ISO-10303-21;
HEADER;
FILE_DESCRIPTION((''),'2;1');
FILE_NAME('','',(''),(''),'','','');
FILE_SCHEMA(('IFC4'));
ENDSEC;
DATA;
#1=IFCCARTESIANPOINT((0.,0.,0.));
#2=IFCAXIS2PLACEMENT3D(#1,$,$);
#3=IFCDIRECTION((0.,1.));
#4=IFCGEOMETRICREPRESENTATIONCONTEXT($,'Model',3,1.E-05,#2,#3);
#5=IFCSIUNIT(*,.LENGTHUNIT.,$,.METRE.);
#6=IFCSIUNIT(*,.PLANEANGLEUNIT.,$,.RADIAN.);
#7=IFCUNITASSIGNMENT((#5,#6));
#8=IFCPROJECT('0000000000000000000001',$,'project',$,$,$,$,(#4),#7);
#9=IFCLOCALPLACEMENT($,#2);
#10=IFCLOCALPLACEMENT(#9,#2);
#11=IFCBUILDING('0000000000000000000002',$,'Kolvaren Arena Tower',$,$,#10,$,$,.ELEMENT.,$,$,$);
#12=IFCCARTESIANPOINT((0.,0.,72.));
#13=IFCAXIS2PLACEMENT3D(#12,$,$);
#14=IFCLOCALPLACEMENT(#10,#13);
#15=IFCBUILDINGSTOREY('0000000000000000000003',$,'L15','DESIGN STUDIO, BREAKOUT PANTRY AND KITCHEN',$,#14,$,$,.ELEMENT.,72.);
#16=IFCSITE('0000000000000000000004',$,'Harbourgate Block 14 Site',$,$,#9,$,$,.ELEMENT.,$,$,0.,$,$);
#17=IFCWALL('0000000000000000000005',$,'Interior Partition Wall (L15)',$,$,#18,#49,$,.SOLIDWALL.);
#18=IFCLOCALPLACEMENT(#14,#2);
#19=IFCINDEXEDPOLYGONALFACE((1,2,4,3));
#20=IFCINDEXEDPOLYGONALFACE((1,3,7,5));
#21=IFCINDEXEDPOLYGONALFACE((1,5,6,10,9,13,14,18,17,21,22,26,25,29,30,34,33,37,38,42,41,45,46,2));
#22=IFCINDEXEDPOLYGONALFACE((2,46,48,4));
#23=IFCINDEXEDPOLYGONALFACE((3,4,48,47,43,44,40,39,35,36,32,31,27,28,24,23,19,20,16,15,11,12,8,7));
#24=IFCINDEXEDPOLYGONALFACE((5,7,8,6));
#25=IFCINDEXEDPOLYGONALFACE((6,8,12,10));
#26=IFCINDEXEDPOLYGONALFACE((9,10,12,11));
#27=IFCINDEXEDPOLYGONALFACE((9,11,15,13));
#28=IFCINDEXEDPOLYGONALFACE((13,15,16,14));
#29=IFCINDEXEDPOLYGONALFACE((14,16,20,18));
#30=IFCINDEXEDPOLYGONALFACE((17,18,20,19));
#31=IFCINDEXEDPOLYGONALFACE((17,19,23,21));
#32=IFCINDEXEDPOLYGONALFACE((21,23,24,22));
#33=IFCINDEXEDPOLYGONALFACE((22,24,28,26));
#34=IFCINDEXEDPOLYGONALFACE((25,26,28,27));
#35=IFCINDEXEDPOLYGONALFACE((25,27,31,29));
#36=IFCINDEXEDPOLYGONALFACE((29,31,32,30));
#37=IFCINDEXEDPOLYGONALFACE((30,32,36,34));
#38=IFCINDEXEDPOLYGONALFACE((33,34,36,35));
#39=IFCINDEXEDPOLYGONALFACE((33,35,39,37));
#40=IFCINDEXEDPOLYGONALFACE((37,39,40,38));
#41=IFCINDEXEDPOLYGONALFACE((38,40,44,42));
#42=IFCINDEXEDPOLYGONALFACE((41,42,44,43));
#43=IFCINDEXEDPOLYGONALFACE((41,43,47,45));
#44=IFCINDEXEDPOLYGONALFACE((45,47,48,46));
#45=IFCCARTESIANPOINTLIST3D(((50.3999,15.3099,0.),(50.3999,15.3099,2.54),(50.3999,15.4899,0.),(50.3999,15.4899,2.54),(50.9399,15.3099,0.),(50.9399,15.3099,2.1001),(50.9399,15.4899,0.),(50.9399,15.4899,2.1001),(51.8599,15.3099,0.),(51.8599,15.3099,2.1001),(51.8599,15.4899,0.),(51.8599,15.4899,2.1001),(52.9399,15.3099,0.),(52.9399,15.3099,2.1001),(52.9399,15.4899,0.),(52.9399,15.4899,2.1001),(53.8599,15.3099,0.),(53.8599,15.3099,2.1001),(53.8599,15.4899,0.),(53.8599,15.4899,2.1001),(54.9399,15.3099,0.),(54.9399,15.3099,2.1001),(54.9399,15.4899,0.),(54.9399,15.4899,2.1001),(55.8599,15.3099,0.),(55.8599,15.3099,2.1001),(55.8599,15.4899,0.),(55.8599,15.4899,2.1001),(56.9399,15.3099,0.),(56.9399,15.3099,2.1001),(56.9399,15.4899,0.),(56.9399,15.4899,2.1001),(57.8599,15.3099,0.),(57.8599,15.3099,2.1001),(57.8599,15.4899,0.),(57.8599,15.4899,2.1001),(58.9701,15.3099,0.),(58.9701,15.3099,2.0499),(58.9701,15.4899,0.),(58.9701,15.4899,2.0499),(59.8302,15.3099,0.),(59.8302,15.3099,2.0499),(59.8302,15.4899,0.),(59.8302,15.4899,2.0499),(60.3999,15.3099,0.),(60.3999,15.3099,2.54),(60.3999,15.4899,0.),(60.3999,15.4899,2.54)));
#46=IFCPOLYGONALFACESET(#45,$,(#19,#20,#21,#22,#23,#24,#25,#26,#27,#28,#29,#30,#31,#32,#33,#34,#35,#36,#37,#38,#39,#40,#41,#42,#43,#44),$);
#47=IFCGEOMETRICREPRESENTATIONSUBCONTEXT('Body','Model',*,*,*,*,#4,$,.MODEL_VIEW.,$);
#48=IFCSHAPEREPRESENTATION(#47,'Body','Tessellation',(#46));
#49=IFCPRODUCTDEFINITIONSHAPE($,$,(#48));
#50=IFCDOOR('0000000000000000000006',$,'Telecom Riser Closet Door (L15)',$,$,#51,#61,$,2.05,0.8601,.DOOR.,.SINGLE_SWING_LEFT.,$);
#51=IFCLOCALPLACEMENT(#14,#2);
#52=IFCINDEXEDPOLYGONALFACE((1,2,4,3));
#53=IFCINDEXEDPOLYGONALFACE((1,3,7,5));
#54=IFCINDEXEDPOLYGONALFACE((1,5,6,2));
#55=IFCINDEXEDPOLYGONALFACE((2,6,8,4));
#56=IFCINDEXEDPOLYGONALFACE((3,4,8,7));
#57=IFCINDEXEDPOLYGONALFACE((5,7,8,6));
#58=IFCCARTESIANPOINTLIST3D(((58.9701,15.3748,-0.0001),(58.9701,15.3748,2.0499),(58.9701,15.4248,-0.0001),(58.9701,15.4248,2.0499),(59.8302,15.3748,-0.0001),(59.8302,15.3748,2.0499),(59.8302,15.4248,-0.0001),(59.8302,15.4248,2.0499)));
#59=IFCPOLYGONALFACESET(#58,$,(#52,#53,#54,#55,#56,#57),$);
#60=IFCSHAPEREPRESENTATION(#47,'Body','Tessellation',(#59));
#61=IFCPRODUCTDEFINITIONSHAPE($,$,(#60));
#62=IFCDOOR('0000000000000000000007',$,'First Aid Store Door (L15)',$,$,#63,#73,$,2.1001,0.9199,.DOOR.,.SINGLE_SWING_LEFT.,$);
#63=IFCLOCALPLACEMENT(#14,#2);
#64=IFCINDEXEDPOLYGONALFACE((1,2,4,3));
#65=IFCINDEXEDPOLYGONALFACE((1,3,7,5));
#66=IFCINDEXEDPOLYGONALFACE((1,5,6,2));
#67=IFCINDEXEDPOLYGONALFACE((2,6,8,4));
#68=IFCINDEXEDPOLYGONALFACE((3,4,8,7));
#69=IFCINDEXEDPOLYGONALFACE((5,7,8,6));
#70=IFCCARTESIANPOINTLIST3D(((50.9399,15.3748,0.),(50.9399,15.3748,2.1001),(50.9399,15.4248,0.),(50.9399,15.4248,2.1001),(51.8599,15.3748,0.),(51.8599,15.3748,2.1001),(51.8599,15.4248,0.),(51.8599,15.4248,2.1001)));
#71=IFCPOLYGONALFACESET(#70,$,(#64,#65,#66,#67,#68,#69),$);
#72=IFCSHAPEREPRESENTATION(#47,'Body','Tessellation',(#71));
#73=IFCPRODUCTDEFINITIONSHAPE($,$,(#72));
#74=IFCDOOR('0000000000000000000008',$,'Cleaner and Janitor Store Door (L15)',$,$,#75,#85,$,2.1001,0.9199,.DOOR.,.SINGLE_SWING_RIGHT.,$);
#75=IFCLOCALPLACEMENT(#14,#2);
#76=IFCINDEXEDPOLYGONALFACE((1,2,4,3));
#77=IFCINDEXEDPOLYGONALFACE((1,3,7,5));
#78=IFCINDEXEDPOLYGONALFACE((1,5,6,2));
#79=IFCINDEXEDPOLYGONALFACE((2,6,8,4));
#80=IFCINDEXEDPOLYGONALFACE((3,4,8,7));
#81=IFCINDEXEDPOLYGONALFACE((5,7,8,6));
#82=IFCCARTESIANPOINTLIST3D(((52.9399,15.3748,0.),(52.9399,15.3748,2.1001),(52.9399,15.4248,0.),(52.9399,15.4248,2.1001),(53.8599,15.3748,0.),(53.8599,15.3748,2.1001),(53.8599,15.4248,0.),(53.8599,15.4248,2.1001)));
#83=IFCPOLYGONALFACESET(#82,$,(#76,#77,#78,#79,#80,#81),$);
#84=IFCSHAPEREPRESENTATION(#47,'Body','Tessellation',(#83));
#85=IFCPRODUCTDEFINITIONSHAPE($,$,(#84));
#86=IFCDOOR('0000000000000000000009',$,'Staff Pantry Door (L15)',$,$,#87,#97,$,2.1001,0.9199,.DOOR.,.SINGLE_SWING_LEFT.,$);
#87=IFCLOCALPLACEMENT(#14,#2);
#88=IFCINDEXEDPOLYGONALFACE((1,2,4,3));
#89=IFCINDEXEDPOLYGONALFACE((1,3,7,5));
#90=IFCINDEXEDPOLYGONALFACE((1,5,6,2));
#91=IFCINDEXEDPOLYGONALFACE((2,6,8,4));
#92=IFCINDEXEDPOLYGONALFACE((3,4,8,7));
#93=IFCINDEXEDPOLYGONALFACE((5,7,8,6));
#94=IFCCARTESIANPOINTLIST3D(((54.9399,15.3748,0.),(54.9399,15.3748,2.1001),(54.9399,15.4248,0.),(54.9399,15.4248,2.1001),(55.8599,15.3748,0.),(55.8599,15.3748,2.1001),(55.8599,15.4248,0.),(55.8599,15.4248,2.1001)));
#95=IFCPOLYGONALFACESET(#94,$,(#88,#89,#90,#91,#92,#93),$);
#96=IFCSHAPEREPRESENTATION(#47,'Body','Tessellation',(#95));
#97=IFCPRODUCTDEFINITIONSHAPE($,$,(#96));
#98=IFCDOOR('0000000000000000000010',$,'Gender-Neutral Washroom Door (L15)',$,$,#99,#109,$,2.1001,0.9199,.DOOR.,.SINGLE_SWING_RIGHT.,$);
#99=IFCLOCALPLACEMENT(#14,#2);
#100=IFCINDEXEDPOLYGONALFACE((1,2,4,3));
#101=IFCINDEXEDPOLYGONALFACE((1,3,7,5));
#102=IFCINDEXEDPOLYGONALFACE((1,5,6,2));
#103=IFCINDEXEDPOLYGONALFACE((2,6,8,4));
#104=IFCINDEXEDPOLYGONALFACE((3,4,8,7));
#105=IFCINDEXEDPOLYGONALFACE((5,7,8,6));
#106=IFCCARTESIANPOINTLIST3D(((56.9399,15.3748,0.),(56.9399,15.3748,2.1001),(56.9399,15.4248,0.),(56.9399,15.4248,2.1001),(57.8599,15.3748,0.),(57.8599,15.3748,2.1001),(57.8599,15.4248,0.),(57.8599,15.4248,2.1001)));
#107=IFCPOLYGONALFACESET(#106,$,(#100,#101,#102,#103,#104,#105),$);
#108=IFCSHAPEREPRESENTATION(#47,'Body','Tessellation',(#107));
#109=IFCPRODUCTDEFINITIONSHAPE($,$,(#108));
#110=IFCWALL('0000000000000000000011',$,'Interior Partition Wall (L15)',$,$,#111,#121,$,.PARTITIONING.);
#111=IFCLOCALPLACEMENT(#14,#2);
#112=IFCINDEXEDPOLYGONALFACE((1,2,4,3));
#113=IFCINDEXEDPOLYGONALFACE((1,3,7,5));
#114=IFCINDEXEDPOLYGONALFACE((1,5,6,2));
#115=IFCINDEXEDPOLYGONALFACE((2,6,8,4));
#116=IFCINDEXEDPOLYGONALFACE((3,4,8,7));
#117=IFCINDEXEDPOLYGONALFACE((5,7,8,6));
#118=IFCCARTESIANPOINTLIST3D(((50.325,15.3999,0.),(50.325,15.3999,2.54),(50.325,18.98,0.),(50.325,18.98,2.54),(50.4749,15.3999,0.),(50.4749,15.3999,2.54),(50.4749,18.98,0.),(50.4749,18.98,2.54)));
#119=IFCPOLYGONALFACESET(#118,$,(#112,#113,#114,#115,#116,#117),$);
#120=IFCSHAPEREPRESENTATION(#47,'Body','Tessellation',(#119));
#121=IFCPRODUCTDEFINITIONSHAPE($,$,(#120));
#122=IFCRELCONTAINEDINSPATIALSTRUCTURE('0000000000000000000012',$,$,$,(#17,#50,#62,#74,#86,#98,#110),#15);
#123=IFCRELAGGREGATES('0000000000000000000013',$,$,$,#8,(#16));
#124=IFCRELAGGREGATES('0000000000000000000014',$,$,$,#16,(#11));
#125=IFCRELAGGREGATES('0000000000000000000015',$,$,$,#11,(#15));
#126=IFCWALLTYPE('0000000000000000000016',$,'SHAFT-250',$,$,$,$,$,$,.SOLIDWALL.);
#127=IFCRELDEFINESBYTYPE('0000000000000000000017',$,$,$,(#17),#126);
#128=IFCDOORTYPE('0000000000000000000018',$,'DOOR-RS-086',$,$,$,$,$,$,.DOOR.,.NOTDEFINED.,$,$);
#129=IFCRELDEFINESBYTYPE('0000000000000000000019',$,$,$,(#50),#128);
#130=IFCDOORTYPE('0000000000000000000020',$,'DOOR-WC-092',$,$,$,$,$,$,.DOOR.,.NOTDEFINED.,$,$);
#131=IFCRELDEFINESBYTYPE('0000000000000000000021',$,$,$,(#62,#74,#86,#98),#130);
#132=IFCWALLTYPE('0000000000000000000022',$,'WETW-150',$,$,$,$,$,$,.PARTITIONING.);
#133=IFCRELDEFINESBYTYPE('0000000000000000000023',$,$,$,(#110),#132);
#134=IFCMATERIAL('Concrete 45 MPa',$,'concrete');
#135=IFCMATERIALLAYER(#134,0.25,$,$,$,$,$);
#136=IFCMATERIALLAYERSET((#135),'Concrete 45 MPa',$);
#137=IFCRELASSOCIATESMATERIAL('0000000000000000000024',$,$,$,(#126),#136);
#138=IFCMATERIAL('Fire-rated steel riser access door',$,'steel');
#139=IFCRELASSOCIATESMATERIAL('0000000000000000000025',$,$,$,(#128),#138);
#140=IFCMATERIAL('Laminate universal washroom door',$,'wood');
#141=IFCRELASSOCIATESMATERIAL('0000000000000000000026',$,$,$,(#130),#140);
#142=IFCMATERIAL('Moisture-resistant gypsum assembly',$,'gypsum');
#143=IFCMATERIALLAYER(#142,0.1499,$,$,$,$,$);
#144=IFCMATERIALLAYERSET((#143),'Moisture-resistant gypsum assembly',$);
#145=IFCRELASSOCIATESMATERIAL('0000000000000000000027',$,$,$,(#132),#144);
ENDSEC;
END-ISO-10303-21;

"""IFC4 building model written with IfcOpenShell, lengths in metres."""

from ifc_helpers import new_model, si_unit, direction, frame, frame_2d, origin, place, context, subcontext, project, spatial, rectangle, extrude, material, layer, layer_set, type_object, element, fill, save


model = new_model("IFC4")

# Units and contexts
model_context = context("Model", 3, precision=1e-05, world=origin(), true_north=direction((0.0, 1.0)))
body_context = subcontext(model_context, "Body", "Model", "MODEL_VIEW")
ifc_project = project(units=[si_unit("LENGTHUNIT", "METRE"), si_unit("PLANEANGLEUNIT", "RADIAN")], contexts=[model_context])

# Site, building, storey
site_placement = place(None, origin())
site = spatial("IfcSite", under=ifc_project, at=site_placement, Name="Harbourgate Block 14 Site", CompositionType="ELEMENT", RefElevation=0.0)
building_placement = place(site_placement, origin())
building = spatial("IfcBuilding", under=site, at=building_placement, Name="Kolvaren Arena Tower", CompositionType="ELEMENT")
storey_placement = place(building_placement, frame((0.0, 0.0, 72.0)))
storey = spatial("IfcBuildingStorey", under=building, at=storey_placement, Name="L15", Description="DESIGN STUDIO, BREAKOUT PANTRY AND KITCHEN", CompositionType="ELEMENT", Elevation=72.0)

# Shared definitions
ifc_material_1 = material(Name="Concrete 45 MPa", Category="concrete")
ifc_layer_1 = layer(ifc_material_1, 0.25)
ifc_layer_set_1 = layer_set([ifc_layer_1], Name="Concrete 45 MPa")
wall_type_1 = type_object("IfcWallType", Name="SHAFT-250", PredefinedType="SOLIDWALL", material=ifc_layer_set_1)

# Wall, openings, doors
wall_1_placement = place(storey_placement, frame((50.3999, 15.3999, 0.0), z_axis=(0.0, 0.0, 1.0), x_axis=(1.0, 0.0, 0.0)))
wall_1 = element("IfcWall", 1, at=wall_1_placement, inside=storey, type_object=wall_type_1, Name="Interior Partition Wall (L15)", PredefinedType="SOLIDWALL", context=body_context, shape_type="SweptSolid", body=[
    extrude(rectangle(XDim=10.0, YDim=0.1799, at=frame_2d((5.0, 0.0))), origin(), (0.0, 0.0, 1.0), 2.54),
])
opening_1_placement = place(wall_1_placement, frame((0.54, 0.0, 0.0)))
opening_1 = element("IfcOpeningElement", 2, at=opening_1_placement, cuts=wall_1, PredefinedType="OPENING", context=body_context, shape_type="SweptSolid", body=[
    extrude(rectangle(XDim=0.9199, YDim=2.1001, at=frame_2d((0.46, 1.05))), frame((0.0, 0.0999, 0.0), z_axis=(0.0, -1.0, 0.0), x_axis=(1.0, 0.0, 0.0)), (0.0, 0.0, 1.0), 0.2),
])
opening_2_placement = place(wall_1_placement, frame((2.54, 0.0, 0.0)))
opening_2 = element("IfcOpeningElement", 3, at=opening_2_placement, cuts=wall_1, PredefinedType="OPENING", context=body_context, shape_type="SweptSolid", body=[
    extrude(rectangle(XDim=0.9199, YDim=2.1001, at=frame_2d((0.46, 1.05))), frame((0.0, 0.0999, 0.0), z_axis=(0.0, -1.0, 0.0), x_axis=(1.0, 0.0, 0.0)), (0.0, 0.0, 1.0), 0.2),
])
opening_3_placement = place(wall_1_placement, frame((4.54, 0.0, 0.0)))
opening_3 = element("IfcOpeningElement", 4, at=opening_3_placement, cuts=wall_1, PredefinedType="OPENING", context=body_context, shape_type="SweptSolid", body=[
    extrude(rectangle(XDim=0.9199, YDim=2.1001, at=frame_2d((0.46, 1.05))), frame((0.0, 0.0999, 0.0), z_axis=(0.0, -1.0, 0.0), x_axis=(1.0, 0.0, 0.0)), (0.0, 0.0, 1.0), 0.2),
])
opening_4_placement = place(wall_1_placement, frame((6.54, 0.0, 0.0)))
opening_4 = element("IfcOpeningElement", 5, at=opening_4_placement, cuts=wall_1, PredefinedType="OPENING", context=body_context, shape_type="SweptSolid", body=[
    extrude(rectangle(XDim=0.9199, YDim=2.1001, at=frame_2d((0.46, 1.05))), frame((0.0, 0.0999, 0.0), z_axis=(0.0, -1.0, 0.0), x_axis=(1.0, 0.0, 0.0)), (0.0, 0.0, 1.0), 0.2),
])
opening_5_placement = place(wall_1_placement, frame((8.5701, 0.0, 0.0)))
opening_5 = element("IfcOpeningElement", 6, at=opening_5_placement, cuts=wall_1, PredefinedType="OPENING", context=body_context, shape_type="SweptSolid", body=[
    extrude(rectangle(XDim=0.8601, YDim=2.05, at=frame_2d((0.4302, 1.0249))), frame((0.0, 0.0999, 0.0), z_axis=(0.0, -1.0, 0.0), x_axis=(1.0, 0.0, 0.0)), (0.0, 0.0, 1.0), 0.2),
])
ifc_material_2 = material(Name="Fire-rated steel riser access door", Category="steel")
door_type_1 = type_object("IfcDoorType", Name="DOOR-RS-086", OperationType="NOTDEFINED", PredefinedType="DOOR", material=ifc_material_2)
door_1_placement = place(opening_5_placement, origin())
door_1 = element("IfcDoor", 7, at=door_1_placement, inside=storey, type_object=door_type_1, Name="Telecom Riser Closet Door (L15)", OperationType="SINGLE_SWING_LEFT", OverallHeight=2.05, OverallWidth=0.8601, PredefinedType="DOOR", context=body_context, shape_type="SweptSolid", body=[
    extrude(rectangle(XDim=0.8601, YDim=2.05, at=frame_2d((0.4302, 1.0249))), frame((0.0, 0.0249, 0.0), z_axis=(0.0, -1.0, 0.0), x_axis=(1.0, 0.0, 0.0)), (0.0, 0.0, 1.0), 0.05),
])
fill(opening_5, door_1)
ifc_material_3 = material(Name="Laminate universal washroom door", Category="wood")
door_type_2 = type_object("IfcDoorType", Name="DOOR-WC-092", OperationType="NOTDEFINED", PredefinedType="DOOR", material=ifc_material_3)
door_2_placement = place(opening_1_placement, origin())
door_2 = element("IfcDoor", 8, at=door_2_placement, inside=storey, type_object=door_type_2, Name="First Aid Store Door (L15)", OperationType="SINGLE_SWING_LEFT", OverallHeight=2.1001, OverallWidth=0.9199, PredefinedType="DOOR", context=body_context, shape_type="SweptSolid", body=[
    extrude(rectangle(XDim=0.9199, YDim=2.1001, at=frame_2d((0.46, 1.05))), frame((0.0, 0.0249, 0.0), z_axis=(0.0, -1.0, 0.0), x_axis=(1.0, 0.0, 0.0)), (0.0, 0.0, 1.0), 0.05),
])
fill(opening_1, door_2)
door_3_placement = place(opening_2_placement, origin())
door_3 = element("IfcDoor", 9, at=door_3_placement, inside=storey, type_object=door_type_2, Name="Cleaner and Janitor Store Door (L15)", OperationType="SINGLE_SWING_RIGHT", OverallHeight=2.1001, OverallWidth=0.9199, PredefinedType="DOOR", context=body_context, shape_type="SweptSolid", body=[
    extrude(rectangle(XDim=0.9199, YDim=2.1001, at=frame_2d((0.46, 1.05))), frame((0.0, 0.0249, 0.0), z_axis=(0.0, -1.0, 0.0), x_axis=(1.0, 0.0, 0.0)), (0.0, 0.0, 1.0), 0.05),
])
fill(opening_2, door_3)
door_4_placement = place(opening_3_placement, origin())
door_4 = element("IfcDoor", 10, at=door_4_placement, inside=storey, type_object=door_type_2, Name="Staff Pantry Door (L15)", OperationType="SINGLE_SWING_LEFT", OverallHeight=2.1001, OverallWidth=0.9199, PredefinedType="DOOR", context=body_context, shape_type="SweptSolid", body=[
    extrude(rectangle(XDim=0.9199, YDim=2.1001, at=frame_2d((0.46, 1.05))), frame((0.0, 0.0249, 0.0), z_axis=(0.0, -1.0, 0.0), x_axis=(1.0, 0.0, 0.0)), (0.0, 0.0, 1.0), 0.05),
])
fill(opening_3, door_4)
door_5_placement = place(opening_4_placement, origin())
door_5 = element("IfcDoor", 11, at=door_5_placement, inside=storey, type_object=door_type_2, Name="Gender-Neutral Washroom Door (L15)", OperationType="SINGLE_SWING_RIGHT", OverallHeight=2.1001, OverallWidth=0.9199, PredefinedType="DOOR", context=body_context, shape_type="SweptSolid", body=[
    extrude(rectangle(XDim=0.9199, YDim=2.1001, at=frame_2d((0.46, 1.05))), frame((0.0, 0.0249, 0.0), z_axis=(0.0, -1.0, 0.0), x_axis=(1.0, 0.0, 0.0)), (0.0, 0.0, 1.0), 0.05),
])
fill(opening_4, door_5)

# Wall
ifc_material_4 = material(Name="Moisture-resistant gypsum assembly", Category="gypsum")
ifc_layer_2 = layer(ifc_material_4, 0.1499)
ifc_layer_set_2 = layer_set([ifc_layer_2], Name="Moisture-resistant gypsum assembly")
wall_type_2 = type_object("IfcWallType", Name="WETW-150", PredefinedType="PARTITIONING", material=ifc_layer_set_2)
wall_2_placement = place(storey_placement, frame((50.3999, 15.3999, 0.0), z_axis=(0.0, 0.0, 1.0), x_axis=(0.0, 1.0, 0.0)))
element("IfcWall", 12, at=wall_2_placement, inside=storey, type_object=wall_type_2, Name="Interior Partition Wall (L15)", PredefinedType="PARTITIONING", context=body_context, shape_type="SweptSolid", body=[
    extrude(rectangle(XDim=3.5801, YDim=0.1499, at=frame_2d((1.79, 0.0))), origin(), (0.0, 0.0, 1.0), 2.54),
])

save(model, "model.ifc")
